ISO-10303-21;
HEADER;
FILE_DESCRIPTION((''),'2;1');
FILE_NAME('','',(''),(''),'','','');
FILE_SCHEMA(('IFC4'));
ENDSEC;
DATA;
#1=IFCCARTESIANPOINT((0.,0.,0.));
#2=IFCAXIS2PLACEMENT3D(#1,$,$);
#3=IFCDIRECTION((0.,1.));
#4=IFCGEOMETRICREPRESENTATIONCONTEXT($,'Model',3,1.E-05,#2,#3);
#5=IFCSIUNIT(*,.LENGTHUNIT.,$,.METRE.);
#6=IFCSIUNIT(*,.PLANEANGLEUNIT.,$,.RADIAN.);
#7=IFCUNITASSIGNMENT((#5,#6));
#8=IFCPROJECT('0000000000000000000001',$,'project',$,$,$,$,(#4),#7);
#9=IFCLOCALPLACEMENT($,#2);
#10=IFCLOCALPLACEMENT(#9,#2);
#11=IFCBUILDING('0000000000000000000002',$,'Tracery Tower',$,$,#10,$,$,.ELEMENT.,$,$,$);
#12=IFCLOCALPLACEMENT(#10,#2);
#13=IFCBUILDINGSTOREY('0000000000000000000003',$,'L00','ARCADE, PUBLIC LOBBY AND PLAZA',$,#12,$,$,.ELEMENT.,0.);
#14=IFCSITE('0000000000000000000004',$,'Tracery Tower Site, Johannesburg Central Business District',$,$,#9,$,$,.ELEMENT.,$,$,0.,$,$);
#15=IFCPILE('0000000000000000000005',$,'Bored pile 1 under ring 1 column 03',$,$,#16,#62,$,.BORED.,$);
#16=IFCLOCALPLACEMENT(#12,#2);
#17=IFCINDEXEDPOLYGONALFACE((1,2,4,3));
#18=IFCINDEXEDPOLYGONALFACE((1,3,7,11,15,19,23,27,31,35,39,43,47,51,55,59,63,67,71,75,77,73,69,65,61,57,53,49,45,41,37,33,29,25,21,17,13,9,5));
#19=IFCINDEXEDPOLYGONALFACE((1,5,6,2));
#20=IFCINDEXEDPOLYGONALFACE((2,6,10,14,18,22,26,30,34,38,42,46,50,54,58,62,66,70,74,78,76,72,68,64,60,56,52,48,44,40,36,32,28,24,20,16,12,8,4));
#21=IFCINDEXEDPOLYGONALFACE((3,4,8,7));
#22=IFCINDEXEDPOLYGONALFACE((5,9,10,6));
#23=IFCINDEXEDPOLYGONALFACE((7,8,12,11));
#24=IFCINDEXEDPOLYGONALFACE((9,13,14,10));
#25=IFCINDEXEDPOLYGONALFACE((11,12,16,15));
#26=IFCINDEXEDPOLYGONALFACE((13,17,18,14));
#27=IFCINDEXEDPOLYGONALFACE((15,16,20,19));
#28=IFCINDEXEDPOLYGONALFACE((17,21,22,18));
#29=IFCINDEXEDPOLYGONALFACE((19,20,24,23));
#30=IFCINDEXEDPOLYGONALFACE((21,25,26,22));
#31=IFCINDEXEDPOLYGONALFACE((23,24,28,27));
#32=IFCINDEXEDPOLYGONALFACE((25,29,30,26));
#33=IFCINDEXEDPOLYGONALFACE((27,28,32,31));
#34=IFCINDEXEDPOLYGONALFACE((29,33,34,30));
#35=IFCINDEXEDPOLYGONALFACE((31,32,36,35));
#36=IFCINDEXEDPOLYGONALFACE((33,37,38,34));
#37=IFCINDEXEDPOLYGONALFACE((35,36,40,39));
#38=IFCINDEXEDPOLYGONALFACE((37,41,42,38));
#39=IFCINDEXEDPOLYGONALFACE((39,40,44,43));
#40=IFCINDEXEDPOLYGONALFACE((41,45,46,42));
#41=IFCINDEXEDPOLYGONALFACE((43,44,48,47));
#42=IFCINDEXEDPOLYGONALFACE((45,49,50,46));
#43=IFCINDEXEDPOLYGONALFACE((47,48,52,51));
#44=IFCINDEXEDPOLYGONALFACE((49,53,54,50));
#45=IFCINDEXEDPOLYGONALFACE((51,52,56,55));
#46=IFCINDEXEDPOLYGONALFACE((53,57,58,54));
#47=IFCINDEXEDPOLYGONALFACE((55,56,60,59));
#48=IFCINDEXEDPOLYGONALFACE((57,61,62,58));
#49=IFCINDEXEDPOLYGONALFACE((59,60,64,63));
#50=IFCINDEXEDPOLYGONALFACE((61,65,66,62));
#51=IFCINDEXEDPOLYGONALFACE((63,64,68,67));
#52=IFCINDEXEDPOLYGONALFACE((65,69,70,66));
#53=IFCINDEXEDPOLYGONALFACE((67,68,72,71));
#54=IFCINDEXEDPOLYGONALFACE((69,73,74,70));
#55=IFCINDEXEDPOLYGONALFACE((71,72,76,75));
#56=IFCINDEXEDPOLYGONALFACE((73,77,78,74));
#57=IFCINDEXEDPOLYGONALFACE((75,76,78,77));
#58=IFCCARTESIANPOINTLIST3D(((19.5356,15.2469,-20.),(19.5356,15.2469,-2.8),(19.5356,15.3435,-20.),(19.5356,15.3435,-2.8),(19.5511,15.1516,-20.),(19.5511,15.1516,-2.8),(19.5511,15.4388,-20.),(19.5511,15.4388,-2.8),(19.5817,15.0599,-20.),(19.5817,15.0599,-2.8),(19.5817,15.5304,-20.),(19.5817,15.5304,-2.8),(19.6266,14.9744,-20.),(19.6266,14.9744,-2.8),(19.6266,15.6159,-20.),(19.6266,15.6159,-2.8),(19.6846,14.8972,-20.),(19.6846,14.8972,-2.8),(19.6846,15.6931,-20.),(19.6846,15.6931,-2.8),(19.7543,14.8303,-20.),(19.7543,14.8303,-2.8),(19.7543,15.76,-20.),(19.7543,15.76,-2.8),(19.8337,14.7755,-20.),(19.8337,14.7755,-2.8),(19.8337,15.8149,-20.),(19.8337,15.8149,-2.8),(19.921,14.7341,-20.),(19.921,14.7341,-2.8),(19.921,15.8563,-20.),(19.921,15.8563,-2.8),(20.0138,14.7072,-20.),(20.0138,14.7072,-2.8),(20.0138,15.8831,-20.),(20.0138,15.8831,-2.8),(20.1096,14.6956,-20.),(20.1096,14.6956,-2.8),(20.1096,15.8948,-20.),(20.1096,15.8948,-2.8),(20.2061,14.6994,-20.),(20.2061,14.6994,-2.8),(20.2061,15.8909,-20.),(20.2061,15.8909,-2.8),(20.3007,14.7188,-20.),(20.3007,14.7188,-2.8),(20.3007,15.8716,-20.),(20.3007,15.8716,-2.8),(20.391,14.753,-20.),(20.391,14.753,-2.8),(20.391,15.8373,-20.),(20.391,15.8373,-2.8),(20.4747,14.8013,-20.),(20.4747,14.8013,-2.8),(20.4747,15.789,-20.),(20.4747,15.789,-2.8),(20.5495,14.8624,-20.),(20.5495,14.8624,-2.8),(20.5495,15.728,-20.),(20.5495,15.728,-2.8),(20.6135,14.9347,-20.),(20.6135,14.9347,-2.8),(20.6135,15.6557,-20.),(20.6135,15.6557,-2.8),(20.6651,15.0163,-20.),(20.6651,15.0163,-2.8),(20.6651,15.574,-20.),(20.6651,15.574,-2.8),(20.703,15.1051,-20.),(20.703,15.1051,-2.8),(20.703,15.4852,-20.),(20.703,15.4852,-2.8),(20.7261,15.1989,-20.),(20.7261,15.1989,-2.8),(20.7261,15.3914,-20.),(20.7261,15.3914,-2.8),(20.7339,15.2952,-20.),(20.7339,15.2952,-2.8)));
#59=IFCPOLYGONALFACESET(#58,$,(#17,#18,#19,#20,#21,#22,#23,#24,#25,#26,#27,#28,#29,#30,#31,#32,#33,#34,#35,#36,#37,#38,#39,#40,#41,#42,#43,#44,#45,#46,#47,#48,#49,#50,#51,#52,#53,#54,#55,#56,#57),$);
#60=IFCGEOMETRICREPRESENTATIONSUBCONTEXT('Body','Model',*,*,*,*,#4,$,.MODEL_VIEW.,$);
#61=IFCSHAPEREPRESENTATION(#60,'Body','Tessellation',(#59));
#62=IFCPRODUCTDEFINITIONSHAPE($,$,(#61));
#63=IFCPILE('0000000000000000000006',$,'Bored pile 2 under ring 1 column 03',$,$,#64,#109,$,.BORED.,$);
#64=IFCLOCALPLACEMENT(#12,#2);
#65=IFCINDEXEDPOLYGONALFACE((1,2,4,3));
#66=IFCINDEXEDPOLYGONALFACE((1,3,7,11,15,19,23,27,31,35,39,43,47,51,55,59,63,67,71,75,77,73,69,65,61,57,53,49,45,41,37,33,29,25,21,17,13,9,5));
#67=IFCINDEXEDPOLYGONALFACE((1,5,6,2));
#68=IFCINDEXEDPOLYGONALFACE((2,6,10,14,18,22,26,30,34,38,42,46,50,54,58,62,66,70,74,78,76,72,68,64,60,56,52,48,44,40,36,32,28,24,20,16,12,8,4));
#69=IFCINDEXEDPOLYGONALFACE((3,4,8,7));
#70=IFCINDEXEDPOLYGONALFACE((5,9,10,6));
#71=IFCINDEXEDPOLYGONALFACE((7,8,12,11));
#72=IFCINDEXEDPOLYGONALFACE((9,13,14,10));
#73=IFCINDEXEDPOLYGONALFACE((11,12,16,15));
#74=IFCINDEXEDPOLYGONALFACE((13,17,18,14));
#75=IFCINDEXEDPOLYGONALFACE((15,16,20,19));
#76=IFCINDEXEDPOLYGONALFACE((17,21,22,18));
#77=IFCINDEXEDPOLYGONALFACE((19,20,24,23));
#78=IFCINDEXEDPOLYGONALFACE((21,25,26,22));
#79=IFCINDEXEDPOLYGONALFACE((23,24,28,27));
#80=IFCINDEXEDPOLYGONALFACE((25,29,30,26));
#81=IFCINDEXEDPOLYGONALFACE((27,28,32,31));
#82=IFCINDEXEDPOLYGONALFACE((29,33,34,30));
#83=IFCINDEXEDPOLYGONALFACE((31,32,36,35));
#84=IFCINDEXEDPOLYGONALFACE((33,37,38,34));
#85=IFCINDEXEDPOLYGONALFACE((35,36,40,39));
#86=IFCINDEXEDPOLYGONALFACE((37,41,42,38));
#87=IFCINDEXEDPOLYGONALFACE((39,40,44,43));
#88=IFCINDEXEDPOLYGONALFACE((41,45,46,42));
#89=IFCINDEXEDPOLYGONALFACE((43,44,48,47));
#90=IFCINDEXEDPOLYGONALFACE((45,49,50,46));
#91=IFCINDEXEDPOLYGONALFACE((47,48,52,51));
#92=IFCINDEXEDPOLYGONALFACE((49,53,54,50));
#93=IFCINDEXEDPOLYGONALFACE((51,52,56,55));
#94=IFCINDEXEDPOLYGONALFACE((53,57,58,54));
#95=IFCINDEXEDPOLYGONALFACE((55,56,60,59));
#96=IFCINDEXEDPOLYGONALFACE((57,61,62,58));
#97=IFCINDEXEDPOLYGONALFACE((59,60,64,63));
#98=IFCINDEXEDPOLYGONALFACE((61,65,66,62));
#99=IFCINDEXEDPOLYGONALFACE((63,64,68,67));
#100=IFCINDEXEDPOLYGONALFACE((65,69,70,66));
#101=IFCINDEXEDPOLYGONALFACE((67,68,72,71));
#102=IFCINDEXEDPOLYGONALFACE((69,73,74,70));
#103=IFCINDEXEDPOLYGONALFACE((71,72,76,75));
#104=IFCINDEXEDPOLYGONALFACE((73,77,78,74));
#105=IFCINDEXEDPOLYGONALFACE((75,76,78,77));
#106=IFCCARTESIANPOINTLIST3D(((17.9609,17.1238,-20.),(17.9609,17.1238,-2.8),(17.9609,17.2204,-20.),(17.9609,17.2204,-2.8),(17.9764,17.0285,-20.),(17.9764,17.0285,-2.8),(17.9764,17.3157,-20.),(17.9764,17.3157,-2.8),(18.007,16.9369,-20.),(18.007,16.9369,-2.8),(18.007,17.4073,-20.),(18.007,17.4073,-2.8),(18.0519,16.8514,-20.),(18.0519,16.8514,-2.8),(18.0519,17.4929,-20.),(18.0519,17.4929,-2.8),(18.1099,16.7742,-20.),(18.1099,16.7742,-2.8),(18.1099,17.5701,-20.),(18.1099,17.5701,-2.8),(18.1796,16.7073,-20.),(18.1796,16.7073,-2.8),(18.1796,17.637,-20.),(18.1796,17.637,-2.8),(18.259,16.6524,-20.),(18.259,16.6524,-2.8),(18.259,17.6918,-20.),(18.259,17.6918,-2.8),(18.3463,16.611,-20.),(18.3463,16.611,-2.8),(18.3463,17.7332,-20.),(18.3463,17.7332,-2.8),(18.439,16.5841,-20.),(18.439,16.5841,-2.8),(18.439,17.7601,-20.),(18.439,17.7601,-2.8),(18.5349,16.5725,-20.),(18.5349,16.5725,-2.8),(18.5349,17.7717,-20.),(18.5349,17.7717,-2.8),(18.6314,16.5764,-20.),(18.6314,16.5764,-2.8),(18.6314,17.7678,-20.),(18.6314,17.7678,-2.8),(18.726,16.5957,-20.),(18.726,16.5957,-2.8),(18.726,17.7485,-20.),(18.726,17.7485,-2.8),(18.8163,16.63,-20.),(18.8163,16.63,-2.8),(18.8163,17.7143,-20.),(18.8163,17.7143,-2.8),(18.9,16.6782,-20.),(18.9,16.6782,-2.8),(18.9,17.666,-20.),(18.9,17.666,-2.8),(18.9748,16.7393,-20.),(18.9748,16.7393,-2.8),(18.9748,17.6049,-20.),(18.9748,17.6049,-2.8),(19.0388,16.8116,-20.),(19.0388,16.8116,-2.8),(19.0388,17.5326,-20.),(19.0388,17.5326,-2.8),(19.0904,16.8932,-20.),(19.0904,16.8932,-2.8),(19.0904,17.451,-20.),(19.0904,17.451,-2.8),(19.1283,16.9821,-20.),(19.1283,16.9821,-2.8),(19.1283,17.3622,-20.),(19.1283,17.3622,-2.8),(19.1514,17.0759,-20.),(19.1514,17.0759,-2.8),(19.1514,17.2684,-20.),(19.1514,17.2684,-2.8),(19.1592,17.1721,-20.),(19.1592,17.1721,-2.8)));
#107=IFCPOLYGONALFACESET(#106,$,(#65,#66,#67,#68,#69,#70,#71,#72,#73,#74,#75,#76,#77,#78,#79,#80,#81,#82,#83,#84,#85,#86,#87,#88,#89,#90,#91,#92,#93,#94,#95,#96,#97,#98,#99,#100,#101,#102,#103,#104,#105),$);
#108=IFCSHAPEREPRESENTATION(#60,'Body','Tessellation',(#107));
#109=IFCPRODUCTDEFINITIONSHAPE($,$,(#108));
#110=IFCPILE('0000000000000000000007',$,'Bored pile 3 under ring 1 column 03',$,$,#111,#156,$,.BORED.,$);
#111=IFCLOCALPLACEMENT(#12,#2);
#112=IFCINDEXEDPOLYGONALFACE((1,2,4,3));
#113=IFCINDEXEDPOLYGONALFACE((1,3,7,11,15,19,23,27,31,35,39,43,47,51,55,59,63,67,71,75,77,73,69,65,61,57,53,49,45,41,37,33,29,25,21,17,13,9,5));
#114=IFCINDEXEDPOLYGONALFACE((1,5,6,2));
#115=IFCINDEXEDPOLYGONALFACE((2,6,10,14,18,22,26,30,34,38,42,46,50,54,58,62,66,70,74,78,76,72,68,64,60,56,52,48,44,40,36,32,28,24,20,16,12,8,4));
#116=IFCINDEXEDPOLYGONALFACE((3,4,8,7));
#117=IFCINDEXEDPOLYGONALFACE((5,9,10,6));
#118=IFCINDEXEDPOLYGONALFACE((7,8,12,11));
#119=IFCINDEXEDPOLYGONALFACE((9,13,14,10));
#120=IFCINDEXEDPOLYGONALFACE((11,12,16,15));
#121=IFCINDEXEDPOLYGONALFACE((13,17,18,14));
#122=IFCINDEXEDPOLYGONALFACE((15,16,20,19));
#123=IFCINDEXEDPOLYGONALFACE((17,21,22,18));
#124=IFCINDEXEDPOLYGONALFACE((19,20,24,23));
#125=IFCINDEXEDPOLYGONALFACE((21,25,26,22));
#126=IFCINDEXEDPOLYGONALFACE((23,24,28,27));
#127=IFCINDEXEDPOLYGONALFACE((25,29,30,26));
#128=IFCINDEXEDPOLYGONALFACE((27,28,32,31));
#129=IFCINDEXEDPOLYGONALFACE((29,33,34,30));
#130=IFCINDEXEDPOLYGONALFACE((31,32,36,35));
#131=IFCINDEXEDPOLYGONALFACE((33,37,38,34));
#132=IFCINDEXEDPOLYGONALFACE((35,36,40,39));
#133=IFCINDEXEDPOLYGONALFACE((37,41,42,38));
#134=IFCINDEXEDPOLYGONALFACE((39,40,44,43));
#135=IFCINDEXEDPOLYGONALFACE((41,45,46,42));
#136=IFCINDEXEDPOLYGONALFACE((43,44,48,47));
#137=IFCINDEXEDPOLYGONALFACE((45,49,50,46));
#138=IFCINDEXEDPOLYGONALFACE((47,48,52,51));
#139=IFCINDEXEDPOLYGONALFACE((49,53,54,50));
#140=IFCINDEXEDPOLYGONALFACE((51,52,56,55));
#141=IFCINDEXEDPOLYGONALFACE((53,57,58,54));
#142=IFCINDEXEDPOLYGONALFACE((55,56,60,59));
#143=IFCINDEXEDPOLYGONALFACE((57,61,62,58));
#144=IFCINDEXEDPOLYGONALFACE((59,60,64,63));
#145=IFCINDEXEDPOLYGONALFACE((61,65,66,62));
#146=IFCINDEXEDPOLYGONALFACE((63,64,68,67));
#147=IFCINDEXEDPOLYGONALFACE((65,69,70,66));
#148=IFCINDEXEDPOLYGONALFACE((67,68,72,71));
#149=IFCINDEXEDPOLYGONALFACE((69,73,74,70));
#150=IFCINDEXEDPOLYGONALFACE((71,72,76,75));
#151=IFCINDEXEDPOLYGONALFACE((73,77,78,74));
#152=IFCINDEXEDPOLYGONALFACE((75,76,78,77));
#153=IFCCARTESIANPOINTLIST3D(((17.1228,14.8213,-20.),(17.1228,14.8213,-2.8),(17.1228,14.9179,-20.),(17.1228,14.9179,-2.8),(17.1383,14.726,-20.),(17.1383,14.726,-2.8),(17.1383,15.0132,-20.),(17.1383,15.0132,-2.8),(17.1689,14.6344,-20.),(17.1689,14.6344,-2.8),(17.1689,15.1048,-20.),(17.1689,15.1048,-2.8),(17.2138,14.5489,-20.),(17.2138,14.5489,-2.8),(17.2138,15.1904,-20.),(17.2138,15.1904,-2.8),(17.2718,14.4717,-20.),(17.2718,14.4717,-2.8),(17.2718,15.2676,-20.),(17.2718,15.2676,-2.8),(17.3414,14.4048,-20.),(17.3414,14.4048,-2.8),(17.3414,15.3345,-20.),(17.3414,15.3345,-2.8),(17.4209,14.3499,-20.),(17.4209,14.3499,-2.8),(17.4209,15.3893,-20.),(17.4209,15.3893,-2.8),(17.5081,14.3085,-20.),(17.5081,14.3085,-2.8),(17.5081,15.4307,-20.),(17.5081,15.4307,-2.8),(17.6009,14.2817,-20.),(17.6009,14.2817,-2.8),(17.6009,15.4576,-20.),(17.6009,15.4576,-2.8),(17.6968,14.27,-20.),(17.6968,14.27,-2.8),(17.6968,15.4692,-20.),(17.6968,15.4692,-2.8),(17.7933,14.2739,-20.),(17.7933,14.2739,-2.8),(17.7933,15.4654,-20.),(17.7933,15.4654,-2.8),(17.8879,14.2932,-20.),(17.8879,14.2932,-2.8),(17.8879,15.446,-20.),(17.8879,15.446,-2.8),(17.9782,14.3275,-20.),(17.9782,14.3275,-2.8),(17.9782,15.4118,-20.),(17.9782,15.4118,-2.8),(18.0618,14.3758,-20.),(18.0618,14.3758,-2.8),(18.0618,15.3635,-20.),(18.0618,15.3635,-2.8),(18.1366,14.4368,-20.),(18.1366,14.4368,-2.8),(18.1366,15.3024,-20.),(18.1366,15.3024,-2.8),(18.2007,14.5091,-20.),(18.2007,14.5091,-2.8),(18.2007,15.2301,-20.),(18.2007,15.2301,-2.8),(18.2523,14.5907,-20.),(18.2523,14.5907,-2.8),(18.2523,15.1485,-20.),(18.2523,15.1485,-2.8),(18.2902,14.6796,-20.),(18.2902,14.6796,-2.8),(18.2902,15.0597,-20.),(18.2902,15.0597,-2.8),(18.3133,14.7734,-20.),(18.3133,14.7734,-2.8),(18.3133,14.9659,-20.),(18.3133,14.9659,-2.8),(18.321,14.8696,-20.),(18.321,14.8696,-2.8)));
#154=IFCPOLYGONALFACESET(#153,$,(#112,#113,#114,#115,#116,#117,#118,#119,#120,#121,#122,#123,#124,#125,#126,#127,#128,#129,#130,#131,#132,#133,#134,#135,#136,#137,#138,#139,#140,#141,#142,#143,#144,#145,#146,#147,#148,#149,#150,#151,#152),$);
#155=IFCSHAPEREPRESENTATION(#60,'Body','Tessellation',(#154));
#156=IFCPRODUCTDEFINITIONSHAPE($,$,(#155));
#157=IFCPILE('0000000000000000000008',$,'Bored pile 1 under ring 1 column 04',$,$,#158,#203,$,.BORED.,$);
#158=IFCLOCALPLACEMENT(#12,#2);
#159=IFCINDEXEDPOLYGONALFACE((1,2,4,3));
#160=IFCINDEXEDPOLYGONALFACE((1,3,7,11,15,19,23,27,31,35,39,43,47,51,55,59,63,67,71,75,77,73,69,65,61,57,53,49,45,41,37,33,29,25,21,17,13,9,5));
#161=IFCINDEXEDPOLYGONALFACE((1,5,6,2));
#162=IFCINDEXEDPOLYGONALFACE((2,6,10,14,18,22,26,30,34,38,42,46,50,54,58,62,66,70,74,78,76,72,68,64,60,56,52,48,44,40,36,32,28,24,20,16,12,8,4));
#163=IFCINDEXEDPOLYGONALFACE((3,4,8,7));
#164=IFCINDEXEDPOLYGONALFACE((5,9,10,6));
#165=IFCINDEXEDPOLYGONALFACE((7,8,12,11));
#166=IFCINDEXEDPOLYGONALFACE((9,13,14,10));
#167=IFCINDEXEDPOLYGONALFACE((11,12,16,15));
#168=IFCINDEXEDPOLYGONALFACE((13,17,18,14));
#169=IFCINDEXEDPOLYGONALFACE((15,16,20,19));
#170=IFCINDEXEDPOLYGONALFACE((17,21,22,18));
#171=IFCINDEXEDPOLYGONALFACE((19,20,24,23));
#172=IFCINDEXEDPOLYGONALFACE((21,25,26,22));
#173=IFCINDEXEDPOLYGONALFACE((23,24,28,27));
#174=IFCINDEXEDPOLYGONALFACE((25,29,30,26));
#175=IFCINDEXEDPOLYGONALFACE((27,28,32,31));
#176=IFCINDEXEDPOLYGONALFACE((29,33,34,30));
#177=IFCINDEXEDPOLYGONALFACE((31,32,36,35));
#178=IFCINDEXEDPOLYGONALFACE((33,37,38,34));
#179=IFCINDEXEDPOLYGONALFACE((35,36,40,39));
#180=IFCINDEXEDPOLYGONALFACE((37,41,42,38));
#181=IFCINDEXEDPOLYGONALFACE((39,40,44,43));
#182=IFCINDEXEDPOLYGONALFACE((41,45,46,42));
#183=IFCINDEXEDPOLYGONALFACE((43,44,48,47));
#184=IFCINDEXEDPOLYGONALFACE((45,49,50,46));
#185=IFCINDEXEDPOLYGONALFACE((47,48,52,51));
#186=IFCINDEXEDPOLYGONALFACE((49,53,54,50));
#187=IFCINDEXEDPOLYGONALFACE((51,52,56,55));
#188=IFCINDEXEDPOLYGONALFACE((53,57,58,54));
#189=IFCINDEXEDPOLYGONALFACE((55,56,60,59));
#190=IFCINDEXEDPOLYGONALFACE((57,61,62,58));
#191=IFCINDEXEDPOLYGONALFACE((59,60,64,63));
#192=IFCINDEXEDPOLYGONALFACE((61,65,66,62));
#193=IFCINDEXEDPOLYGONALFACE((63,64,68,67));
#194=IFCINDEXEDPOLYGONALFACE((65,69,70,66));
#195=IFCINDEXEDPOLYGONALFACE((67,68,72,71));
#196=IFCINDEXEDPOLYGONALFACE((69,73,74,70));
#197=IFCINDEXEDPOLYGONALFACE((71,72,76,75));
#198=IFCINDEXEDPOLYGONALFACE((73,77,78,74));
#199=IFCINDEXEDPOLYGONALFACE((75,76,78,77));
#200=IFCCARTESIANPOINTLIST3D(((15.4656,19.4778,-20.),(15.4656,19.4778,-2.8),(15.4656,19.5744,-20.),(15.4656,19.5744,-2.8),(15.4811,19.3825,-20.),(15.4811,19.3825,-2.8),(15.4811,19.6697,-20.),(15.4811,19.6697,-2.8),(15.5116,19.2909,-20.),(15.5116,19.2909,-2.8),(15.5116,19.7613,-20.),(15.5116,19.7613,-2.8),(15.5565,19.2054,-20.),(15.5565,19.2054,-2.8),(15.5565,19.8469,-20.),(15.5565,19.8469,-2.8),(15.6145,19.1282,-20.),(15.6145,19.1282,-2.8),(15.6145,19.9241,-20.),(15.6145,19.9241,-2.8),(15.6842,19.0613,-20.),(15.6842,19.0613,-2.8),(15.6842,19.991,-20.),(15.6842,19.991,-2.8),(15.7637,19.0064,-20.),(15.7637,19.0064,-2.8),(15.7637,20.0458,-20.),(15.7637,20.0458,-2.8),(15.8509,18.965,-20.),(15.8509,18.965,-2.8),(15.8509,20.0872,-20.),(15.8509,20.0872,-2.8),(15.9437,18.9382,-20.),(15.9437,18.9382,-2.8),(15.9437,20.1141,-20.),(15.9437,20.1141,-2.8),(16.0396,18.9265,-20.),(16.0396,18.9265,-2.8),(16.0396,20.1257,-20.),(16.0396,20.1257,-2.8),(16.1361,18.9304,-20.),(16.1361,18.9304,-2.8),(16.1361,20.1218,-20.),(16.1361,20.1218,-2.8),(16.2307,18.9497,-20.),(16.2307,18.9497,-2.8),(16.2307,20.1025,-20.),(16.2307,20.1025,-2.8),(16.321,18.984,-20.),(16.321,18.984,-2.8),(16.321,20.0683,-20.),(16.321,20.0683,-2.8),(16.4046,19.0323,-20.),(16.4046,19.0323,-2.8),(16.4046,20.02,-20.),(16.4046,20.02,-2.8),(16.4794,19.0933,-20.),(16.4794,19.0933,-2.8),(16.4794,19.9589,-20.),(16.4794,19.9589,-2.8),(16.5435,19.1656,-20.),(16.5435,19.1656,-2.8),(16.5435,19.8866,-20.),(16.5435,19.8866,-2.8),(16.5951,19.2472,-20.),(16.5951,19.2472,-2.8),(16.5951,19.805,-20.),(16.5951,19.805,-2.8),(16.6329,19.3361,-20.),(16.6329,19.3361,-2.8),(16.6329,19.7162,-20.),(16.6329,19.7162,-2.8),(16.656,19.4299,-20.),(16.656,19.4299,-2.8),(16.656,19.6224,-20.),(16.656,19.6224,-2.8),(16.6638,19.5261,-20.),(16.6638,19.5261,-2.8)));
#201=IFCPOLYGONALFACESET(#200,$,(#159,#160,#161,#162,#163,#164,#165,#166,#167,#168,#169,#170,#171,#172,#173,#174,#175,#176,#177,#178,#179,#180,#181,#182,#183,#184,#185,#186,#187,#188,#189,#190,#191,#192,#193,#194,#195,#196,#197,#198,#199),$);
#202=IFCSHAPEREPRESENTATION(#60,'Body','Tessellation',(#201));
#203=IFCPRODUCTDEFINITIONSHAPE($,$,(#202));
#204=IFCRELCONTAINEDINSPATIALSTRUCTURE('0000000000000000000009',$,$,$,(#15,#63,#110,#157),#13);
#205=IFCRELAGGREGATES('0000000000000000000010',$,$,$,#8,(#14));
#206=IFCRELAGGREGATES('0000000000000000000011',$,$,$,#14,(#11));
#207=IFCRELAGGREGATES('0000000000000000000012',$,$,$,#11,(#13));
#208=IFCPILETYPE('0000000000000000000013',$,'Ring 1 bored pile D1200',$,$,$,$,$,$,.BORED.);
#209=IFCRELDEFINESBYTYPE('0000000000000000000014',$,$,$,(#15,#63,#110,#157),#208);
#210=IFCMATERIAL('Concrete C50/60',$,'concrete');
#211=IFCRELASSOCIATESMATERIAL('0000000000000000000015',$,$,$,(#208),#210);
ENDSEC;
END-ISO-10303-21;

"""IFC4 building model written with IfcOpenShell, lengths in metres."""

from ifc_helpers import new_model, si_unit, direction, frame, origin, origin_2d, place, context, subcontext, project, spatial, circle, extrude, material, material_profile, profile_set, type_object, element, save


model = new_model("IFC4")

# Units and contexts
model_context = context("Model", 3, precision=1e-05, world=origin(), true_north=direction((0.0, 1.0)))
body_context = subcontext(model_context, "Body", "Model", "MODEL_VIEW")
ifc_project = project(units=[si_unit("LENGTHUNIT", "METRE"), si_unit("PLANEANGLEUNIT", "RADIAN")], contexts=[model_context])

# Site, building, storey
site_placement = place(None, origin())
site = spatial("IfcSite", under=ifc_project, at=site_placement, Name="Tracery Tower Site, Johannesburg Central Business District", CompositionType="ELEMENT", RefElevation=0.0)
building_placement = place(site_placement, origin())
building = spatial("IfcBuilding", under=site, at=building_placement, Name="Tracery Tower", CompositionType="ELEMENT")
storey_placement = place(building_placement, origin())
storey = spatial("IfcBuildingStorey", under=building, at=storey_placement, Name="L00", Description="ARCADE, PUBLIC LOBBY AND PLAZA", CompositionType="ELEMENT", Elevation=0.0)

# Piles
ifc_material_1 = material(Name="Concrete C50/60", Category="concrete")
ifc_material_profile_1 = material_profile(ifc_material_1, circle(Radius=0.6001, at=origin_2d()), Name="RC D1200")
ifc_profile_set_1 = profile_set([ifc_material_profile_1], Name="Concrete C50/60")
pile_type_1 = type_object("IfcPileType", Name="Ring 1 bored pile D1200", PredefinedType="BORED", material=ifc_profile_set_1)
for number, where, z_axis, x_axis, name in (
    (1, (20.1338, 15.2952, -2.8), (0.0, 0.0, -1.0), (1.0, 0.0, 0.0), "Bored pile 1 under ring 1 column 03"),
    (2, (18.5591, 17.1721, -2.8), (0.0, 0.0, -1.0), (1.0, 0.0, 0.0), "Bored pile 2 under ring 1 column 03"),
    (3, (17.7209, 14.8696, -2.8), (0.0, 0.0, -1.0), (1.0, 0.0, 0.0), "Bored pile 3 under ring 1 column 03"),
    (4, (16.0637, 19.5261, -2.8), (0.0, 0.0, -1.0), (1.0, 0.0, 0.0), "Bored pile 1 under ring 1 column 04"),
):
    element("IfcPile", number, at=place(storey_placement, frame(where, z_axis=z_axis, x_axis=x_axis)), inside=storey, type_object=pile_type_1, Name=name, PredefinedType="BORED", context=body_context, shape_type="SweptSolid", body=[
        extrude(circle(Radius=0.6001, at=origin_2d()), origin(), (0.0, 0.0, 1.0), 17.2),
    ])

save(model, "model.ifc")
